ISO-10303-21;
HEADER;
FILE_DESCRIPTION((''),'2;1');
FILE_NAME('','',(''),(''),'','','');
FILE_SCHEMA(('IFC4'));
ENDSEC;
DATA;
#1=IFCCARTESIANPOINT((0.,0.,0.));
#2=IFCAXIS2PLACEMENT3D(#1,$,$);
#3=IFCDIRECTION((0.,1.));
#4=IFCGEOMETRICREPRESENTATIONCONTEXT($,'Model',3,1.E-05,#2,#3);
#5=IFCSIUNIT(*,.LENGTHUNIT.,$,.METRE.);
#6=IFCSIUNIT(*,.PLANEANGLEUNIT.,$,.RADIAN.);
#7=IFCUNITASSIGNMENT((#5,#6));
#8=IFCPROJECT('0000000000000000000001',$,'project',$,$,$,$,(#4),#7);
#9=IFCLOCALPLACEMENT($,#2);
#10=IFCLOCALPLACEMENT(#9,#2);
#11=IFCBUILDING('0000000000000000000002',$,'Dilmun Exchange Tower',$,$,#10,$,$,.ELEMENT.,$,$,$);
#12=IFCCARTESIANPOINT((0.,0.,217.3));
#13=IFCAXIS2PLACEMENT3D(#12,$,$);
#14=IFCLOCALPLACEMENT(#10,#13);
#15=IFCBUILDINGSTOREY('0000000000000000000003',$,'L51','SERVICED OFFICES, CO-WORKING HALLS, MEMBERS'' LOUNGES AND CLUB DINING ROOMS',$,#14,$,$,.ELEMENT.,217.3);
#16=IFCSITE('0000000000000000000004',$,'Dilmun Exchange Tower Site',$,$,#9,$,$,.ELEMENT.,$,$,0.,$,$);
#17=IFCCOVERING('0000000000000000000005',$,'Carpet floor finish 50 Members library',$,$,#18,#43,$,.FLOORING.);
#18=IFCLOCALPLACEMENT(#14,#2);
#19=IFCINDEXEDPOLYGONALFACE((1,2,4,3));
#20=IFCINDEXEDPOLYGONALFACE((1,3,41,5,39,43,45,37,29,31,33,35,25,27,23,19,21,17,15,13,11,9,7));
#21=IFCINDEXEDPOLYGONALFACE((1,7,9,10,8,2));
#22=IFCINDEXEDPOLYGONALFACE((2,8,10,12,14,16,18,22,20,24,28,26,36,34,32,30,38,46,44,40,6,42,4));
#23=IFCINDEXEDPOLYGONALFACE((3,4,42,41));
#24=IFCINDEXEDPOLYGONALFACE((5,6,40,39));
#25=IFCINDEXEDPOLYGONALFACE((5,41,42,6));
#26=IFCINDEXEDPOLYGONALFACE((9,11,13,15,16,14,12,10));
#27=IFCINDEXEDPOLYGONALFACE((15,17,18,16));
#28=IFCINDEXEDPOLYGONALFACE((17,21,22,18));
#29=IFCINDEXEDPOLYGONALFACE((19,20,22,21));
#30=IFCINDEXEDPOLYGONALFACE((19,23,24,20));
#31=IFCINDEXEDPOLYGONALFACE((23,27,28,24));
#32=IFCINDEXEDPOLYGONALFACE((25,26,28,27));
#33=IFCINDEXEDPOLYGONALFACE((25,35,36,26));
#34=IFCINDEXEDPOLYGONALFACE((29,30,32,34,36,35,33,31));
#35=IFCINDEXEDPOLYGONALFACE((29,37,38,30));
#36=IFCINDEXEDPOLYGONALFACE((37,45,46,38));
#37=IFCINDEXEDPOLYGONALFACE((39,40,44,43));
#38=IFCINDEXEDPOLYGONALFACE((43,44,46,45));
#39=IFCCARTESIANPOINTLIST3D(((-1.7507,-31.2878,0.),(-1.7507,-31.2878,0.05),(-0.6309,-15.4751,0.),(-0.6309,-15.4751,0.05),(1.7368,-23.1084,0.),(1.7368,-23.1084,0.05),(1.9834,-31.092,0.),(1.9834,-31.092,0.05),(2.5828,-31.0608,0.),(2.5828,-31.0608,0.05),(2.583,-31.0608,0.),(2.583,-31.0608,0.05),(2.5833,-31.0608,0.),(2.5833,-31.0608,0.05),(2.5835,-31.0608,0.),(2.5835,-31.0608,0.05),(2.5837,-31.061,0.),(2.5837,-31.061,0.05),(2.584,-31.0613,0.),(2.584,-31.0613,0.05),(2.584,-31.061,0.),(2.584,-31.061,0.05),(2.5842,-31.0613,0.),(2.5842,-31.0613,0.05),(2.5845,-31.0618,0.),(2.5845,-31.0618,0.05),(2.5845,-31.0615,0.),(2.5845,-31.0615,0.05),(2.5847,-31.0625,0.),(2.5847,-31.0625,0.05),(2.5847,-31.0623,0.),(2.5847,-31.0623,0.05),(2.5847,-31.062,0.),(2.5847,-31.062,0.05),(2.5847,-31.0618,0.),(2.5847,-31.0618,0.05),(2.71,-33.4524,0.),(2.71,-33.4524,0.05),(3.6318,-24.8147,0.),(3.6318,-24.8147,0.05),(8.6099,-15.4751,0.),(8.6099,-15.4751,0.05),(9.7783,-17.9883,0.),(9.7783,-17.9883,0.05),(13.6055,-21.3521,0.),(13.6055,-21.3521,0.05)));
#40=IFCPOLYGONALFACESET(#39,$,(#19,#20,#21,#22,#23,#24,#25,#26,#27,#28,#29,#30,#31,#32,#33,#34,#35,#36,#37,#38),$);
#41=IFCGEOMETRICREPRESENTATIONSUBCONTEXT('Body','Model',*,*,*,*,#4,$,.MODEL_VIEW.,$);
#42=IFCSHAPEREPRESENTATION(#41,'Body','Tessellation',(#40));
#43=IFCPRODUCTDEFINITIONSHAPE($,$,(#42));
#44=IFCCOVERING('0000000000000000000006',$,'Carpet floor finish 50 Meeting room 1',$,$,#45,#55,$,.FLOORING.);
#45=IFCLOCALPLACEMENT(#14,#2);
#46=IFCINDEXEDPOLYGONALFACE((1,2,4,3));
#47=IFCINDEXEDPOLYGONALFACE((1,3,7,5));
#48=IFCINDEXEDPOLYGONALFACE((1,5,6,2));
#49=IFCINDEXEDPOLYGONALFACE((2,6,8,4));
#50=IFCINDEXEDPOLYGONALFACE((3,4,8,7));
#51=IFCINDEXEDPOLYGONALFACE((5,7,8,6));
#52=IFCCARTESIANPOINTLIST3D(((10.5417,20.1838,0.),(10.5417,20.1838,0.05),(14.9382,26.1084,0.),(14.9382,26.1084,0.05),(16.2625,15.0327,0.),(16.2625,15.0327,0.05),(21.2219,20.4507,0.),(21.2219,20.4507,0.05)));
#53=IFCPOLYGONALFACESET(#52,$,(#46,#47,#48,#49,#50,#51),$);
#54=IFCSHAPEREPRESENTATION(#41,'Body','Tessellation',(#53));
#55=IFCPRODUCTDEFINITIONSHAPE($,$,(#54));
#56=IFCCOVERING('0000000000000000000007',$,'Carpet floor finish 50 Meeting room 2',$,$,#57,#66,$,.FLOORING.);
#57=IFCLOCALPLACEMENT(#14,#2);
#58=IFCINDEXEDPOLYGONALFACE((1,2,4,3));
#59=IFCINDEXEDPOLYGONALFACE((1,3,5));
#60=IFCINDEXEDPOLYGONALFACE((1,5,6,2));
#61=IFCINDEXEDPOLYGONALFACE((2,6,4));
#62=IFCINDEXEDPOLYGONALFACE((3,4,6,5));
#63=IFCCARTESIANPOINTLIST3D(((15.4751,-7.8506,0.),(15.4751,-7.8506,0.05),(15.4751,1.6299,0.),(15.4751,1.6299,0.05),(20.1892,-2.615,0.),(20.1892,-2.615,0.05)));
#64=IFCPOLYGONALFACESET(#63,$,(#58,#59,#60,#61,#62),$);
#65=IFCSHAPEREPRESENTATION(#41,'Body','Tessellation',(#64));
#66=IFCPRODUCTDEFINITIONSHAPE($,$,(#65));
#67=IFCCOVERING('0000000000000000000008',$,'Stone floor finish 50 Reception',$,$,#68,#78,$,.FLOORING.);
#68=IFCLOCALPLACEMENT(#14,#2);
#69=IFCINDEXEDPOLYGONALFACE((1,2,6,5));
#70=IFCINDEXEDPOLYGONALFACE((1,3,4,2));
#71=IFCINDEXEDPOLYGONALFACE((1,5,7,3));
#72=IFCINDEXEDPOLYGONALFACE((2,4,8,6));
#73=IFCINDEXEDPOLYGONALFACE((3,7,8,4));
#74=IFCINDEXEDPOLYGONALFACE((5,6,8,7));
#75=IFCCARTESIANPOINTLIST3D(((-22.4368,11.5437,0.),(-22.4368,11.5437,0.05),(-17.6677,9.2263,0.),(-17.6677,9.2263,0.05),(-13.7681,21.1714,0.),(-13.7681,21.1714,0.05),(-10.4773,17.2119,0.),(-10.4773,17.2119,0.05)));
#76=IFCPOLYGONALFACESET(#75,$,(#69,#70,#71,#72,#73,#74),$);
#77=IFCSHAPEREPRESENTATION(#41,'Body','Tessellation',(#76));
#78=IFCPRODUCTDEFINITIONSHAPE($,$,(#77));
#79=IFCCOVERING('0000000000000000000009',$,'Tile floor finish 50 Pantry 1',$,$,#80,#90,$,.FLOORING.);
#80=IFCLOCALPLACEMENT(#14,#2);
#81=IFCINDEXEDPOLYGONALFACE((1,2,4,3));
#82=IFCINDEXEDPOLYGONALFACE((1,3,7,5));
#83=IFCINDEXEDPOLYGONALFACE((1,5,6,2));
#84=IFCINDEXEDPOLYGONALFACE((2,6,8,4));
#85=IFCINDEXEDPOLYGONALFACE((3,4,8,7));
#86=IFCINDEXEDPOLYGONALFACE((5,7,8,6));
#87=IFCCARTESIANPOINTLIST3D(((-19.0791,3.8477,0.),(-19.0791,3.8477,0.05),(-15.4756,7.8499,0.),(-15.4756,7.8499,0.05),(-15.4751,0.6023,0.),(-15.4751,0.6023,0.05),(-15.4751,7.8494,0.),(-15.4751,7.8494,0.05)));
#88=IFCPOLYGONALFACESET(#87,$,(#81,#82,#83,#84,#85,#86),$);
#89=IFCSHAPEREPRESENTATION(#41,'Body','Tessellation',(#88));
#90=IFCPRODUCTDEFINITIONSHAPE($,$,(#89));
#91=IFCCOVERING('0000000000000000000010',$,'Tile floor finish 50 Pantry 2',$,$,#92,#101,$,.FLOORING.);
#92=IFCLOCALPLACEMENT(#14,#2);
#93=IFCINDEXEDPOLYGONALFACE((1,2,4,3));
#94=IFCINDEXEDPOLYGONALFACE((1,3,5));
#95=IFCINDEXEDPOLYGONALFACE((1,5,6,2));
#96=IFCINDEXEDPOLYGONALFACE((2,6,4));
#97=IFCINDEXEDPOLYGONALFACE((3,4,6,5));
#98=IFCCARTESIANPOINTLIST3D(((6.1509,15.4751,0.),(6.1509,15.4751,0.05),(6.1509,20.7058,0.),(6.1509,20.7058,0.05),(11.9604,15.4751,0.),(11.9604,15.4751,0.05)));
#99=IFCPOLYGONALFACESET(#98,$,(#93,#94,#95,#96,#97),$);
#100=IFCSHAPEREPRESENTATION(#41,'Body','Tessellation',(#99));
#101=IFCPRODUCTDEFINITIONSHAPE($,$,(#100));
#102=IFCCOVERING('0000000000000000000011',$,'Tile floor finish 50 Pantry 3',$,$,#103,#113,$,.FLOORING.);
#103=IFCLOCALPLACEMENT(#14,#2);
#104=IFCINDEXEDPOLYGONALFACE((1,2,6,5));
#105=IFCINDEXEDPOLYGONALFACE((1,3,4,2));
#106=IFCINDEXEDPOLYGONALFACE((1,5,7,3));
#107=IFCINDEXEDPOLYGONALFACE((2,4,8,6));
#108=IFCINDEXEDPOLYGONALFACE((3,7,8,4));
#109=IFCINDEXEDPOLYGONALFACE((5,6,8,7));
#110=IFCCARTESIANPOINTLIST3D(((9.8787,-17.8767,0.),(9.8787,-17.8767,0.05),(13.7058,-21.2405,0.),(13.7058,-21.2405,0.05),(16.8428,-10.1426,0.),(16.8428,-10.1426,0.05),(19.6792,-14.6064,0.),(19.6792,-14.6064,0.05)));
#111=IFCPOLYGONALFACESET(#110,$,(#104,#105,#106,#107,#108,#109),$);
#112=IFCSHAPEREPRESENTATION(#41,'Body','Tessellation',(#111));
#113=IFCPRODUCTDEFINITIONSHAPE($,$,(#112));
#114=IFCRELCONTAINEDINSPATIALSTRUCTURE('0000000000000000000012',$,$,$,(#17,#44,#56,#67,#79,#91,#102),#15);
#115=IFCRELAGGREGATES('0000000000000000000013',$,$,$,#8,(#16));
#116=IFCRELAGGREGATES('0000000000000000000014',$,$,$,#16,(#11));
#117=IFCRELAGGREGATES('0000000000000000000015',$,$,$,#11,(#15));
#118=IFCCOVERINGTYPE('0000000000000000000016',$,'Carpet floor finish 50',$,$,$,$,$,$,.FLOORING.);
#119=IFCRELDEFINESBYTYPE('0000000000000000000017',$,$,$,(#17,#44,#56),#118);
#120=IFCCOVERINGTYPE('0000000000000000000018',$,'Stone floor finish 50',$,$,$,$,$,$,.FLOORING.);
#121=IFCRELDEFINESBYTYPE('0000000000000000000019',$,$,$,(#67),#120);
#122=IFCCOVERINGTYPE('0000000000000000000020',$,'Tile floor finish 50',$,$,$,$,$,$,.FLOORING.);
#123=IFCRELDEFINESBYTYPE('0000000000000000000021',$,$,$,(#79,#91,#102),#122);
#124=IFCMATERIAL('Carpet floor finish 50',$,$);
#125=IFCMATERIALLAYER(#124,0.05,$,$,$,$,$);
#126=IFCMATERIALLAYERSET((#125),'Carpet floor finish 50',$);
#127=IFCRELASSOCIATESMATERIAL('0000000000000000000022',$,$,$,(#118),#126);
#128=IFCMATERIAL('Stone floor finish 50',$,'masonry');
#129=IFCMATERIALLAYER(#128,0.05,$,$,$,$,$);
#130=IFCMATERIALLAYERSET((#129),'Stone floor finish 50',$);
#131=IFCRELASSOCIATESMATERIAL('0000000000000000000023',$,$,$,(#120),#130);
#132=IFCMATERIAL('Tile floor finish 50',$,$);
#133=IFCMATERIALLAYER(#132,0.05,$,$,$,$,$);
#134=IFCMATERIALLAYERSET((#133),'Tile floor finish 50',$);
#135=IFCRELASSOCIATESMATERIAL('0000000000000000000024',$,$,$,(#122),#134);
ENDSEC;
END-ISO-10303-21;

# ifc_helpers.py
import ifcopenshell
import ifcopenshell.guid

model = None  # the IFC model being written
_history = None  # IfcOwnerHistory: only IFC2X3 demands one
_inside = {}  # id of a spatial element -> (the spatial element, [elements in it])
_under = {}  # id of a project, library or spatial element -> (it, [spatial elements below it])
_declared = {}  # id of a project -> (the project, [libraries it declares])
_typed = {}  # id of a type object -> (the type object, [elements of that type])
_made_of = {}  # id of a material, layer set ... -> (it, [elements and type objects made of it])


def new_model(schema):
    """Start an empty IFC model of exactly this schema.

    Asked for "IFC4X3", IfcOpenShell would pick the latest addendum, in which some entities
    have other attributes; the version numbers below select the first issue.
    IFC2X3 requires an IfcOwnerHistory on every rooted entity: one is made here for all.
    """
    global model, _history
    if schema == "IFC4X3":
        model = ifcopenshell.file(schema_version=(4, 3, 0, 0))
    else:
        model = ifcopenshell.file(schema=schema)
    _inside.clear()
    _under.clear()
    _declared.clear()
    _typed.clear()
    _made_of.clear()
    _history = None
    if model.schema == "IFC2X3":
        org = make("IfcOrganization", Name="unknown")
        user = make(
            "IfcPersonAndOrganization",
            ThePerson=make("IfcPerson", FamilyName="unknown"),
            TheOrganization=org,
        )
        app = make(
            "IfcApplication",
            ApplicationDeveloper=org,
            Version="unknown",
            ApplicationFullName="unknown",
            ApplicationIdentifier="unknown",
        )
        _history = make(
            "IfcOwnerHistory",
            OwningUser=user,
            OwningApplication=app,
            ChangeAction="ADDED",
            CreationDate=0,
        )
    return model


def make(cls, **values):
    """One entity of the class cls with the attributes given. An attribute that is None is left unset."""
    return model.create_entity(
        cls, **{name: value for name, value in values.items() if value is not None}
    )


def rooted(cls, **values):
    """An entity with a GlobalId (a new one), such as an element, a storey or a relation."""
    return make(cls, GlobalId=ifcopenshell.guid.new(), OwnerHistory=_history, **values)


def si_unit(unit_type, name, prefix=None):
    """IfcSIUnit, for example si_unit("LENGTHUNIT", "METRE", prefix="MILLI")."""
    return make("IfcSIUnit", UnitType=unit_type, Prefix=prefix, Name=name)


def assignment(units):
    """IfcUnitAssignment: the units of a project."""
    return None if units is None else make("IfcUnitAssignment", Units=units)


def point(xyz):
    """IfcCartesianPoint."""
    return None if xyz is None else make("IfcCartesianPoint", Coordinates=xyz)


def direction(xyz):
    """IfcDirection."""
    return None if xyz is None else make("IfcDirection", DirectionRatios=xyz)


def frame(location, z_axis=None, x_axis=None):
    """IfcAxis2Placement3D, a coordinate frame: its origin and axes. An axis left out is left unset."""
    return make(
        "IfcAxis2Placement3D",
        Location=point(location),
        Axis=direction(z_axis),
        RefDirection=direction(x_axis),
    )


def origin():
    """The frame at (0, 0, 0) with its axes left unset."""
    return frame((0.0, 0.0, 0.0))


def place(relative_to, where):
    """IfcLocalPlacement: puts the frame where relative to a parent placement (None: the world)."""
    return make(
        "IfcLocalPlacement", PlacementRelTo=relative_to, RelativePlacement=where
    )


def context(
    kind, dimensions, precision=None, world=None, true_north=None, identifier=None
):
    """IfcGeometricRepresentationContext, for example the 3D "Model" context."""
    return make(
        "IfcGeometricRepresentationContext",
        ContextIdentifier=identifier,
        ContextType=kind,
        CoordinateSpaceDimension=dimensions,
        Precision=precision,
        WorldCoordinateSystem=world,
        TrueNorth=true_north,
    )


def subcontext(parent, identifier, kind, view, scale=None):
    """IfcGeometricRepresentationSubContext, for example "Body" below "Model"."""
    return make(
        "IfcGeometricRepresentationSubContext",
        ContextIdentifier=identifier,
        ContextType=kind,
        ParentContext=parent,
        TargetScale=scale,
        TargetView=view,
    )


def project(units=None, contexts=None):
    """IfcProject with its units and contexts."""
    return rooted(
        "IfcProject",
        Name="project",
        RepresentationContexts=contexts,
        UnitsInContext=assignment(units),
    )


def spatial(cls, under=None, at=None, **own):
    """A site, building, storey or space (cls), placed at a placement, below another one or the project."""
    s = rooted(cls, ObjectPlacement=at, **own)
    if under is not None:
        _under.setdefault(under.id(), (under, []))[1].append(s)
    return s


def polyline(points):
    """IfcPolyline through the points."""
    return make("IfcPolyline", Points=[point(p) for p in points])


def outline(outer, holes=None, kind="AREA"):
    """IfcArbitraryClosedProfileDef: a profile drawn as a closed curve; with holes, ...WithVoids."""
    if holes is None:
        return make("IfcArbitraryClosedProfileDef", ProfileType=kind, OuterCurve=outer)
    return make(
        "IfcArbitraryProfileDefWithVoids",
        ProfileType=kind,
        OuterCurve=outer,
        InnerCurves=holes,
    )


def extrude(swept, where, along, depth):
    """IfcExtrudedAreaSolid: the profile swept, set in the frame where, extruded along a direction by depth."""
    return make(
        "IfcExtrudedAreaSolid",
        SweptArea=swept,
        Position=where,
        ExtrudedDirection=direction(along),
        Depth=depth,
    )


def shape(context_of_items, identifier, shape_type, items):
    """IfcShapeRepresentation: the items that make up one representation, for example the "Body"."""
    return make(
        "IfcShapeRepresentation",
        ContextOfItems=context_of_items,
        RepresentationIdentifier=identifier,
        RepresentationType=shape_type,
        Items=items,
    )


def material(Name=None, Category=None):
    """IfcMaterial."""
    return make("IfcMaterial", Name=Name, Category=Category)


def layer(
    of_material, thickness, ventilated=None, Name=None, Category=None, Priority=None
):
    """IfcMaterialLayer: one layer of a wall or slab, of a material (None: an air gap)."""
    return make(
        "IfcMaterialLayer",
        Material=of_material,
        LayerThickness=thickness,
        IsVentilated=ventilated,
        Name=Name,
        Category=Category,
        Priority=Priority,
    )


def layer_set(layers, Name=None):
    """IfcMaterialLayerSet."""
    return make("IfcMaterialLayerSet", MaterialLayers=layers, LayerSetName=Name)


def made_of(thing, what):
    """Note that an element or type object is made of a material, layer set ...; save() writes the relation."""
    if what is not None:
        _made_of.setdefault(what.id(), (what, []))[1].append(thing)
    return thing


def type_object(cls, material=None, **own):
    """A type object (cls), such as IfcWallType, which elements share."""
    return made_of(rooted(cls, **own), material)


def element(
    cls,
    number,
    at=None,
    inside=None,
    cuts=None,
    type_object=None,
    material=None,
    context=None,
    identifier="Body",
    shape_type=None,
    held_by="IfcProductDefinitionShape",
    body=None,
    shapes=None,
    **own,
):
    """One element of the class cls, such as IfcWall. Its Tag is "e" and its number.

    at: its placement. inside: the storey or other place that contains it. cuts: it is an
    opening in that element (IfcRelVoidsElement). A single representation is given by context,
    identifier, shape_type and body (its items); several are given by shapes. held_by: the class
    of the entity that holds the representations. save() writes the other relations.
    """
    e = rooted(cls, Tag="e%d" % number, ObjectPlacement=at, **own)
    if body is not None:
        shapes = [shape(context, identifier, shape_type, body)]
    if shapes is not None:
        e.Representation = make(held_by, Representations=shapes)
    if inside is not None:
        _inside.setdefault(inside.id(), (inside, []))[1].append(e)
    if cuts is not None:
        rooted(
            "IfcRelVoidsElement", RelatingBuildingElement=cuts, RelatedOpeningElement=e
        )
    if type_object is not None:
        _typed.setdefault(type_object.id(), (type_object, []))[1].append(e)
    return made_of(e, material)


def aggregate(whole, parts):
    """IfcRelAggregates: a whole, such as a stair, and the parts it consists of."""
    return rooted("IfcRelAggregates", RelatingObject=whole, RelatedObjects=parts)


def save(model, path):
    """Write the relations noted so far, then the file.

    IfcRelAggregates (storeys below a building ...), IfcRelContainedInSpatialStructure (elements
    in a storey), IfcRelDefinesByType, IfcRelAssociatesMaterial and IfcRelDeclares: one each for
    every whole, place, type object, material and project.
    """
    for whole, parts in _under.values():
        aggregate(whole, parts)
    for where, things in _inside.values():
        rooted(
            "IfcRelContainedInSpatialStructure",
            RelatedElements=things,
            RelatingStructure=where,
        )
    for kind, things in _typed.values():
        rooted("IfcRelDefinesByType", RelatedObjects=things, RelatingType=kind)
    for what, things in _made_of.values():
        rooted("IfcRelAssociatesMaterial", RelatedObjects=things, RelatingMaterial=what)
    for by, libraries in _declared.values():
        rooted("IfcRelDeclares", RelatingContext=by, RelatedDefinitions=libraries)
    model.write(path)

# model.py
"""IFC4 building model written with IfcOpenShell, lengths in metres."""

from ifc_helpers import new_model, si_unit, direction, frame, origin, place, context, subcontext, project, spatial, polyline, outline, extrude, material, layer, layer_set, type_object, element, save


model = new_model("IFC4")

# Units and contexts
model_context = context("Model", 3, precision=1e-05, world=origin(), true_north=direction((0.0, 1.0)))
body_context = subcontext(model_context, "Body", "Model", "MODEL_VIEW")
ifc_project = project(units=[si_unit("LENGTHUNIT", "METRE"), si_unit("PLANEANGLEUNIT", "RADIAN")], contexts=[model_context])

# Site, building, storey
site_placement = place(None, origin())
site = spatial("IfcSite", under=ifc_project, at=site_placement, Name="Dilmun Exchange Tower Site", CompositionType="ELEMENT", RefElevation=0.0)
building_placement = place(site_placement, origin())
building = spatial("IfcBuilding", under=site, at=building_placement, Name="Dilmun Exchange Tower", CompositionType="ELEMENT")
storey_placement = place(building_placement, frame((0.0, 0.0, 217.3)))
storey = spatial("IfcBuildingStorey", under=building, at=storey_placement, Name="L51", Description="SERVICED OFFICES, CO-WORKING HALLS, MEMBERS' LOUNGES AND CLUB DINING ROOMS", CompositionType="ELEMENT", Elevation=217.3)

# Coverings
ifc_material_1 = material(Name="Carpet floor finish 50")
ifc_layer_1 = layer(ifc_material_1, 0.05)
ifc_layer_set_1 = layer_set([ifc_layer_1], Name="Carpet floor finish 50")
covering_type_1 = type_object("IfcCoveringType", Name="Carpet floor finish 50", PredefinedType="FLOORING", material=ifc_layer_set_1)
covering_1_placement = place(storey_placement, origin())
element("IfcCovering", 1, at=covering_1_placement, inside=storey, type_object=covering_type_1, Name="Carpet floor finish 50 Members library", PredefinedType="FLOORING", context=body_context, shape_type="SweptSolid", body=[
    extrude(outline(polyline([(-0.6309, -15.4751), (8.6099, -15.4751), (1.7368, -23.1084), (3.6318, -24.8147), (9.7783, -17.9883), (13.6055, -21.3521), (2.71, -33.4524), (2.5847, -31.0625), (2.5847, -31.0625), (2.5847, -31.0623), (2.5847, -31.062), (2.5847, -31.0618), (2.5845, -31.0618), (2.5845, -31.0615), (2.5842, -31.0613), (2.584, -31.0613), (2.584, -31.061), (2.5837, -31.061), (2.5835, -31.0608), (2.5835, -31.0608), (2.5833, -31.0608), (2.583, -31.0608), (2.583, -31.0608), (2.5828, -31.0608), (1.9834, -31.092), (1.9834, -31.092), (1.9834, -31.092), (-1.7507, -31.2878), (-0.6309, -15.4751)])), origin(), (0.0, 0.0, 1.0), 0.05),
])
covering_2_placement = place(storey_placement, origin())
element("IfcCovering", 2, at=covering_2_placement, inside=storey, type_object=covering_type_1, Name="Carpet floor finish 50 Meeting room 1", PredefinedType="FLOORING", context=body_context, shape_type="SweptSolid", body=[
    extrude(outline(polyline([(16.2625, 15.0327), (10.5417, 20.1838), (14.9382, 26.1084), (21.2219, 20.4507), (16.2625, 15.0327)])), origin(), (0.0, 0.0, 1.0), 0.05),
])
covering_3_placement = place(storey_placement, origin())
element("IfcCovering", 3, at=covering_3_placement, inside=storey, type_object=covering_type_1, Name="Carpet floor finish 50 Meeting room 2", PredefinedType="FLOORING", context=body_context, shape_type="SweptSolid", body=[
    extrude(outline(polyline([(15.4751, 1.6299), (20.1892, -2.615), (15.4751, -7.8506), (15.4751, 1.6299)])), origin(), (0.0, 0.0, 1.0), 0.05),
])
ifc_material_2 = material(Name="Stone floor finish 50", Category="masonry")
ifc_layer_2 = layer(ifc_material_2, 0.05)
ifc_layer_set_2 = layer_set([ifc_layer_2], Name="Stone floor finish 50")
covering_type_2 = type_object("IfcCoveringType", Name="Stone floor finish 50", PredefinedType="FLOORING", material=ifc_layer_set_2)
covering_4_placement = place(storey_placement, origin())
element("IfcCovering", 4, at=covering_4_placement, inside=storey, type_object=covering_type_2, Name="Stone floor finish 50 Reception", PredefinedType="FLOORING", context=body_context, shape_type="SweptSolid", body=[
    extrude(outline(polyline([(-10.4773, 17.2119), (-17.6677, 9.2263), (-22.4368, 11.5437), (-13.7681, 21.1714), (-10.4773, 17.2119)])), origin(), (0.0, 0.0, 1.0), 0.05),
])
ifc_material_3 = material(Name="Tile floor finish 50")
ifc_layer_3 = layer(ifc_material_3, 0.05)
ifc_layer_set_3 = layer_set([ifc_layer_3], Name="Tile floor finish 50")
covering_type_3 = type_object("IfcCoveringType", Name="Tile floor finish 50", PredefinedType="FLOORING", material=ifc_layer_set_3)
covering_5_placement = place(storey_placement, origin())
element("IfcCovering", 5, at=covering_5_placement, inside=storey, type_object=covering_type_3, Name="Tile floor finish 50 Pantry 1", PredefinedType="FLOORING", context=body_context, shape_type="SweptSolid", body=[
    extrude(outline(polyline([(-15.4751, 7.8494), (-15.4751, 0.6023), (-19.0791, 3.8477), (-15.4756, 7.8499), (-15.4751, 7.8494)])), origin(), (0.0, 0.0, 1.0), 0.05),
])
covering_6_placement = place(storey_placement, origin())
element("IfcCovering", 6, at=covering_6_placement, inside=storey, type_object=covering_type_3, Name="Tile floor finish 50 Pantry 2", PredefinedType="FLOORING", context=body_context, shape_type="SweptSolid", body=[
    extrude(outline(polyline([(6.1509, 15.4751), (6.1509, 20.7058), (11.9604, 15.4751), (6.1509, 15.4751)])), origin(), (0.0, 0.0, 1.0), 0.05),
])
covering_7_placement = place(storey_placement, origin())
element("IfcCovering", 7, at=covering_7_placement, inside=storey, type_object=covering_type_3, Name="Tile floor finish 50 Pantry 3", PredefinedType="FLOORING", context=body_context, shape_type="SweptSolid", body=[
    extrude(outline(polyline([(9.8787, -17.8767), (16.8428, -10.1426), (19.6792, -14.6064), (13.7058, -21.2405), (9.8787, -17.8767)])), origin(), (0.0, 0.0, 1.0), 0.05),
])

save(model, "model.ifc")
